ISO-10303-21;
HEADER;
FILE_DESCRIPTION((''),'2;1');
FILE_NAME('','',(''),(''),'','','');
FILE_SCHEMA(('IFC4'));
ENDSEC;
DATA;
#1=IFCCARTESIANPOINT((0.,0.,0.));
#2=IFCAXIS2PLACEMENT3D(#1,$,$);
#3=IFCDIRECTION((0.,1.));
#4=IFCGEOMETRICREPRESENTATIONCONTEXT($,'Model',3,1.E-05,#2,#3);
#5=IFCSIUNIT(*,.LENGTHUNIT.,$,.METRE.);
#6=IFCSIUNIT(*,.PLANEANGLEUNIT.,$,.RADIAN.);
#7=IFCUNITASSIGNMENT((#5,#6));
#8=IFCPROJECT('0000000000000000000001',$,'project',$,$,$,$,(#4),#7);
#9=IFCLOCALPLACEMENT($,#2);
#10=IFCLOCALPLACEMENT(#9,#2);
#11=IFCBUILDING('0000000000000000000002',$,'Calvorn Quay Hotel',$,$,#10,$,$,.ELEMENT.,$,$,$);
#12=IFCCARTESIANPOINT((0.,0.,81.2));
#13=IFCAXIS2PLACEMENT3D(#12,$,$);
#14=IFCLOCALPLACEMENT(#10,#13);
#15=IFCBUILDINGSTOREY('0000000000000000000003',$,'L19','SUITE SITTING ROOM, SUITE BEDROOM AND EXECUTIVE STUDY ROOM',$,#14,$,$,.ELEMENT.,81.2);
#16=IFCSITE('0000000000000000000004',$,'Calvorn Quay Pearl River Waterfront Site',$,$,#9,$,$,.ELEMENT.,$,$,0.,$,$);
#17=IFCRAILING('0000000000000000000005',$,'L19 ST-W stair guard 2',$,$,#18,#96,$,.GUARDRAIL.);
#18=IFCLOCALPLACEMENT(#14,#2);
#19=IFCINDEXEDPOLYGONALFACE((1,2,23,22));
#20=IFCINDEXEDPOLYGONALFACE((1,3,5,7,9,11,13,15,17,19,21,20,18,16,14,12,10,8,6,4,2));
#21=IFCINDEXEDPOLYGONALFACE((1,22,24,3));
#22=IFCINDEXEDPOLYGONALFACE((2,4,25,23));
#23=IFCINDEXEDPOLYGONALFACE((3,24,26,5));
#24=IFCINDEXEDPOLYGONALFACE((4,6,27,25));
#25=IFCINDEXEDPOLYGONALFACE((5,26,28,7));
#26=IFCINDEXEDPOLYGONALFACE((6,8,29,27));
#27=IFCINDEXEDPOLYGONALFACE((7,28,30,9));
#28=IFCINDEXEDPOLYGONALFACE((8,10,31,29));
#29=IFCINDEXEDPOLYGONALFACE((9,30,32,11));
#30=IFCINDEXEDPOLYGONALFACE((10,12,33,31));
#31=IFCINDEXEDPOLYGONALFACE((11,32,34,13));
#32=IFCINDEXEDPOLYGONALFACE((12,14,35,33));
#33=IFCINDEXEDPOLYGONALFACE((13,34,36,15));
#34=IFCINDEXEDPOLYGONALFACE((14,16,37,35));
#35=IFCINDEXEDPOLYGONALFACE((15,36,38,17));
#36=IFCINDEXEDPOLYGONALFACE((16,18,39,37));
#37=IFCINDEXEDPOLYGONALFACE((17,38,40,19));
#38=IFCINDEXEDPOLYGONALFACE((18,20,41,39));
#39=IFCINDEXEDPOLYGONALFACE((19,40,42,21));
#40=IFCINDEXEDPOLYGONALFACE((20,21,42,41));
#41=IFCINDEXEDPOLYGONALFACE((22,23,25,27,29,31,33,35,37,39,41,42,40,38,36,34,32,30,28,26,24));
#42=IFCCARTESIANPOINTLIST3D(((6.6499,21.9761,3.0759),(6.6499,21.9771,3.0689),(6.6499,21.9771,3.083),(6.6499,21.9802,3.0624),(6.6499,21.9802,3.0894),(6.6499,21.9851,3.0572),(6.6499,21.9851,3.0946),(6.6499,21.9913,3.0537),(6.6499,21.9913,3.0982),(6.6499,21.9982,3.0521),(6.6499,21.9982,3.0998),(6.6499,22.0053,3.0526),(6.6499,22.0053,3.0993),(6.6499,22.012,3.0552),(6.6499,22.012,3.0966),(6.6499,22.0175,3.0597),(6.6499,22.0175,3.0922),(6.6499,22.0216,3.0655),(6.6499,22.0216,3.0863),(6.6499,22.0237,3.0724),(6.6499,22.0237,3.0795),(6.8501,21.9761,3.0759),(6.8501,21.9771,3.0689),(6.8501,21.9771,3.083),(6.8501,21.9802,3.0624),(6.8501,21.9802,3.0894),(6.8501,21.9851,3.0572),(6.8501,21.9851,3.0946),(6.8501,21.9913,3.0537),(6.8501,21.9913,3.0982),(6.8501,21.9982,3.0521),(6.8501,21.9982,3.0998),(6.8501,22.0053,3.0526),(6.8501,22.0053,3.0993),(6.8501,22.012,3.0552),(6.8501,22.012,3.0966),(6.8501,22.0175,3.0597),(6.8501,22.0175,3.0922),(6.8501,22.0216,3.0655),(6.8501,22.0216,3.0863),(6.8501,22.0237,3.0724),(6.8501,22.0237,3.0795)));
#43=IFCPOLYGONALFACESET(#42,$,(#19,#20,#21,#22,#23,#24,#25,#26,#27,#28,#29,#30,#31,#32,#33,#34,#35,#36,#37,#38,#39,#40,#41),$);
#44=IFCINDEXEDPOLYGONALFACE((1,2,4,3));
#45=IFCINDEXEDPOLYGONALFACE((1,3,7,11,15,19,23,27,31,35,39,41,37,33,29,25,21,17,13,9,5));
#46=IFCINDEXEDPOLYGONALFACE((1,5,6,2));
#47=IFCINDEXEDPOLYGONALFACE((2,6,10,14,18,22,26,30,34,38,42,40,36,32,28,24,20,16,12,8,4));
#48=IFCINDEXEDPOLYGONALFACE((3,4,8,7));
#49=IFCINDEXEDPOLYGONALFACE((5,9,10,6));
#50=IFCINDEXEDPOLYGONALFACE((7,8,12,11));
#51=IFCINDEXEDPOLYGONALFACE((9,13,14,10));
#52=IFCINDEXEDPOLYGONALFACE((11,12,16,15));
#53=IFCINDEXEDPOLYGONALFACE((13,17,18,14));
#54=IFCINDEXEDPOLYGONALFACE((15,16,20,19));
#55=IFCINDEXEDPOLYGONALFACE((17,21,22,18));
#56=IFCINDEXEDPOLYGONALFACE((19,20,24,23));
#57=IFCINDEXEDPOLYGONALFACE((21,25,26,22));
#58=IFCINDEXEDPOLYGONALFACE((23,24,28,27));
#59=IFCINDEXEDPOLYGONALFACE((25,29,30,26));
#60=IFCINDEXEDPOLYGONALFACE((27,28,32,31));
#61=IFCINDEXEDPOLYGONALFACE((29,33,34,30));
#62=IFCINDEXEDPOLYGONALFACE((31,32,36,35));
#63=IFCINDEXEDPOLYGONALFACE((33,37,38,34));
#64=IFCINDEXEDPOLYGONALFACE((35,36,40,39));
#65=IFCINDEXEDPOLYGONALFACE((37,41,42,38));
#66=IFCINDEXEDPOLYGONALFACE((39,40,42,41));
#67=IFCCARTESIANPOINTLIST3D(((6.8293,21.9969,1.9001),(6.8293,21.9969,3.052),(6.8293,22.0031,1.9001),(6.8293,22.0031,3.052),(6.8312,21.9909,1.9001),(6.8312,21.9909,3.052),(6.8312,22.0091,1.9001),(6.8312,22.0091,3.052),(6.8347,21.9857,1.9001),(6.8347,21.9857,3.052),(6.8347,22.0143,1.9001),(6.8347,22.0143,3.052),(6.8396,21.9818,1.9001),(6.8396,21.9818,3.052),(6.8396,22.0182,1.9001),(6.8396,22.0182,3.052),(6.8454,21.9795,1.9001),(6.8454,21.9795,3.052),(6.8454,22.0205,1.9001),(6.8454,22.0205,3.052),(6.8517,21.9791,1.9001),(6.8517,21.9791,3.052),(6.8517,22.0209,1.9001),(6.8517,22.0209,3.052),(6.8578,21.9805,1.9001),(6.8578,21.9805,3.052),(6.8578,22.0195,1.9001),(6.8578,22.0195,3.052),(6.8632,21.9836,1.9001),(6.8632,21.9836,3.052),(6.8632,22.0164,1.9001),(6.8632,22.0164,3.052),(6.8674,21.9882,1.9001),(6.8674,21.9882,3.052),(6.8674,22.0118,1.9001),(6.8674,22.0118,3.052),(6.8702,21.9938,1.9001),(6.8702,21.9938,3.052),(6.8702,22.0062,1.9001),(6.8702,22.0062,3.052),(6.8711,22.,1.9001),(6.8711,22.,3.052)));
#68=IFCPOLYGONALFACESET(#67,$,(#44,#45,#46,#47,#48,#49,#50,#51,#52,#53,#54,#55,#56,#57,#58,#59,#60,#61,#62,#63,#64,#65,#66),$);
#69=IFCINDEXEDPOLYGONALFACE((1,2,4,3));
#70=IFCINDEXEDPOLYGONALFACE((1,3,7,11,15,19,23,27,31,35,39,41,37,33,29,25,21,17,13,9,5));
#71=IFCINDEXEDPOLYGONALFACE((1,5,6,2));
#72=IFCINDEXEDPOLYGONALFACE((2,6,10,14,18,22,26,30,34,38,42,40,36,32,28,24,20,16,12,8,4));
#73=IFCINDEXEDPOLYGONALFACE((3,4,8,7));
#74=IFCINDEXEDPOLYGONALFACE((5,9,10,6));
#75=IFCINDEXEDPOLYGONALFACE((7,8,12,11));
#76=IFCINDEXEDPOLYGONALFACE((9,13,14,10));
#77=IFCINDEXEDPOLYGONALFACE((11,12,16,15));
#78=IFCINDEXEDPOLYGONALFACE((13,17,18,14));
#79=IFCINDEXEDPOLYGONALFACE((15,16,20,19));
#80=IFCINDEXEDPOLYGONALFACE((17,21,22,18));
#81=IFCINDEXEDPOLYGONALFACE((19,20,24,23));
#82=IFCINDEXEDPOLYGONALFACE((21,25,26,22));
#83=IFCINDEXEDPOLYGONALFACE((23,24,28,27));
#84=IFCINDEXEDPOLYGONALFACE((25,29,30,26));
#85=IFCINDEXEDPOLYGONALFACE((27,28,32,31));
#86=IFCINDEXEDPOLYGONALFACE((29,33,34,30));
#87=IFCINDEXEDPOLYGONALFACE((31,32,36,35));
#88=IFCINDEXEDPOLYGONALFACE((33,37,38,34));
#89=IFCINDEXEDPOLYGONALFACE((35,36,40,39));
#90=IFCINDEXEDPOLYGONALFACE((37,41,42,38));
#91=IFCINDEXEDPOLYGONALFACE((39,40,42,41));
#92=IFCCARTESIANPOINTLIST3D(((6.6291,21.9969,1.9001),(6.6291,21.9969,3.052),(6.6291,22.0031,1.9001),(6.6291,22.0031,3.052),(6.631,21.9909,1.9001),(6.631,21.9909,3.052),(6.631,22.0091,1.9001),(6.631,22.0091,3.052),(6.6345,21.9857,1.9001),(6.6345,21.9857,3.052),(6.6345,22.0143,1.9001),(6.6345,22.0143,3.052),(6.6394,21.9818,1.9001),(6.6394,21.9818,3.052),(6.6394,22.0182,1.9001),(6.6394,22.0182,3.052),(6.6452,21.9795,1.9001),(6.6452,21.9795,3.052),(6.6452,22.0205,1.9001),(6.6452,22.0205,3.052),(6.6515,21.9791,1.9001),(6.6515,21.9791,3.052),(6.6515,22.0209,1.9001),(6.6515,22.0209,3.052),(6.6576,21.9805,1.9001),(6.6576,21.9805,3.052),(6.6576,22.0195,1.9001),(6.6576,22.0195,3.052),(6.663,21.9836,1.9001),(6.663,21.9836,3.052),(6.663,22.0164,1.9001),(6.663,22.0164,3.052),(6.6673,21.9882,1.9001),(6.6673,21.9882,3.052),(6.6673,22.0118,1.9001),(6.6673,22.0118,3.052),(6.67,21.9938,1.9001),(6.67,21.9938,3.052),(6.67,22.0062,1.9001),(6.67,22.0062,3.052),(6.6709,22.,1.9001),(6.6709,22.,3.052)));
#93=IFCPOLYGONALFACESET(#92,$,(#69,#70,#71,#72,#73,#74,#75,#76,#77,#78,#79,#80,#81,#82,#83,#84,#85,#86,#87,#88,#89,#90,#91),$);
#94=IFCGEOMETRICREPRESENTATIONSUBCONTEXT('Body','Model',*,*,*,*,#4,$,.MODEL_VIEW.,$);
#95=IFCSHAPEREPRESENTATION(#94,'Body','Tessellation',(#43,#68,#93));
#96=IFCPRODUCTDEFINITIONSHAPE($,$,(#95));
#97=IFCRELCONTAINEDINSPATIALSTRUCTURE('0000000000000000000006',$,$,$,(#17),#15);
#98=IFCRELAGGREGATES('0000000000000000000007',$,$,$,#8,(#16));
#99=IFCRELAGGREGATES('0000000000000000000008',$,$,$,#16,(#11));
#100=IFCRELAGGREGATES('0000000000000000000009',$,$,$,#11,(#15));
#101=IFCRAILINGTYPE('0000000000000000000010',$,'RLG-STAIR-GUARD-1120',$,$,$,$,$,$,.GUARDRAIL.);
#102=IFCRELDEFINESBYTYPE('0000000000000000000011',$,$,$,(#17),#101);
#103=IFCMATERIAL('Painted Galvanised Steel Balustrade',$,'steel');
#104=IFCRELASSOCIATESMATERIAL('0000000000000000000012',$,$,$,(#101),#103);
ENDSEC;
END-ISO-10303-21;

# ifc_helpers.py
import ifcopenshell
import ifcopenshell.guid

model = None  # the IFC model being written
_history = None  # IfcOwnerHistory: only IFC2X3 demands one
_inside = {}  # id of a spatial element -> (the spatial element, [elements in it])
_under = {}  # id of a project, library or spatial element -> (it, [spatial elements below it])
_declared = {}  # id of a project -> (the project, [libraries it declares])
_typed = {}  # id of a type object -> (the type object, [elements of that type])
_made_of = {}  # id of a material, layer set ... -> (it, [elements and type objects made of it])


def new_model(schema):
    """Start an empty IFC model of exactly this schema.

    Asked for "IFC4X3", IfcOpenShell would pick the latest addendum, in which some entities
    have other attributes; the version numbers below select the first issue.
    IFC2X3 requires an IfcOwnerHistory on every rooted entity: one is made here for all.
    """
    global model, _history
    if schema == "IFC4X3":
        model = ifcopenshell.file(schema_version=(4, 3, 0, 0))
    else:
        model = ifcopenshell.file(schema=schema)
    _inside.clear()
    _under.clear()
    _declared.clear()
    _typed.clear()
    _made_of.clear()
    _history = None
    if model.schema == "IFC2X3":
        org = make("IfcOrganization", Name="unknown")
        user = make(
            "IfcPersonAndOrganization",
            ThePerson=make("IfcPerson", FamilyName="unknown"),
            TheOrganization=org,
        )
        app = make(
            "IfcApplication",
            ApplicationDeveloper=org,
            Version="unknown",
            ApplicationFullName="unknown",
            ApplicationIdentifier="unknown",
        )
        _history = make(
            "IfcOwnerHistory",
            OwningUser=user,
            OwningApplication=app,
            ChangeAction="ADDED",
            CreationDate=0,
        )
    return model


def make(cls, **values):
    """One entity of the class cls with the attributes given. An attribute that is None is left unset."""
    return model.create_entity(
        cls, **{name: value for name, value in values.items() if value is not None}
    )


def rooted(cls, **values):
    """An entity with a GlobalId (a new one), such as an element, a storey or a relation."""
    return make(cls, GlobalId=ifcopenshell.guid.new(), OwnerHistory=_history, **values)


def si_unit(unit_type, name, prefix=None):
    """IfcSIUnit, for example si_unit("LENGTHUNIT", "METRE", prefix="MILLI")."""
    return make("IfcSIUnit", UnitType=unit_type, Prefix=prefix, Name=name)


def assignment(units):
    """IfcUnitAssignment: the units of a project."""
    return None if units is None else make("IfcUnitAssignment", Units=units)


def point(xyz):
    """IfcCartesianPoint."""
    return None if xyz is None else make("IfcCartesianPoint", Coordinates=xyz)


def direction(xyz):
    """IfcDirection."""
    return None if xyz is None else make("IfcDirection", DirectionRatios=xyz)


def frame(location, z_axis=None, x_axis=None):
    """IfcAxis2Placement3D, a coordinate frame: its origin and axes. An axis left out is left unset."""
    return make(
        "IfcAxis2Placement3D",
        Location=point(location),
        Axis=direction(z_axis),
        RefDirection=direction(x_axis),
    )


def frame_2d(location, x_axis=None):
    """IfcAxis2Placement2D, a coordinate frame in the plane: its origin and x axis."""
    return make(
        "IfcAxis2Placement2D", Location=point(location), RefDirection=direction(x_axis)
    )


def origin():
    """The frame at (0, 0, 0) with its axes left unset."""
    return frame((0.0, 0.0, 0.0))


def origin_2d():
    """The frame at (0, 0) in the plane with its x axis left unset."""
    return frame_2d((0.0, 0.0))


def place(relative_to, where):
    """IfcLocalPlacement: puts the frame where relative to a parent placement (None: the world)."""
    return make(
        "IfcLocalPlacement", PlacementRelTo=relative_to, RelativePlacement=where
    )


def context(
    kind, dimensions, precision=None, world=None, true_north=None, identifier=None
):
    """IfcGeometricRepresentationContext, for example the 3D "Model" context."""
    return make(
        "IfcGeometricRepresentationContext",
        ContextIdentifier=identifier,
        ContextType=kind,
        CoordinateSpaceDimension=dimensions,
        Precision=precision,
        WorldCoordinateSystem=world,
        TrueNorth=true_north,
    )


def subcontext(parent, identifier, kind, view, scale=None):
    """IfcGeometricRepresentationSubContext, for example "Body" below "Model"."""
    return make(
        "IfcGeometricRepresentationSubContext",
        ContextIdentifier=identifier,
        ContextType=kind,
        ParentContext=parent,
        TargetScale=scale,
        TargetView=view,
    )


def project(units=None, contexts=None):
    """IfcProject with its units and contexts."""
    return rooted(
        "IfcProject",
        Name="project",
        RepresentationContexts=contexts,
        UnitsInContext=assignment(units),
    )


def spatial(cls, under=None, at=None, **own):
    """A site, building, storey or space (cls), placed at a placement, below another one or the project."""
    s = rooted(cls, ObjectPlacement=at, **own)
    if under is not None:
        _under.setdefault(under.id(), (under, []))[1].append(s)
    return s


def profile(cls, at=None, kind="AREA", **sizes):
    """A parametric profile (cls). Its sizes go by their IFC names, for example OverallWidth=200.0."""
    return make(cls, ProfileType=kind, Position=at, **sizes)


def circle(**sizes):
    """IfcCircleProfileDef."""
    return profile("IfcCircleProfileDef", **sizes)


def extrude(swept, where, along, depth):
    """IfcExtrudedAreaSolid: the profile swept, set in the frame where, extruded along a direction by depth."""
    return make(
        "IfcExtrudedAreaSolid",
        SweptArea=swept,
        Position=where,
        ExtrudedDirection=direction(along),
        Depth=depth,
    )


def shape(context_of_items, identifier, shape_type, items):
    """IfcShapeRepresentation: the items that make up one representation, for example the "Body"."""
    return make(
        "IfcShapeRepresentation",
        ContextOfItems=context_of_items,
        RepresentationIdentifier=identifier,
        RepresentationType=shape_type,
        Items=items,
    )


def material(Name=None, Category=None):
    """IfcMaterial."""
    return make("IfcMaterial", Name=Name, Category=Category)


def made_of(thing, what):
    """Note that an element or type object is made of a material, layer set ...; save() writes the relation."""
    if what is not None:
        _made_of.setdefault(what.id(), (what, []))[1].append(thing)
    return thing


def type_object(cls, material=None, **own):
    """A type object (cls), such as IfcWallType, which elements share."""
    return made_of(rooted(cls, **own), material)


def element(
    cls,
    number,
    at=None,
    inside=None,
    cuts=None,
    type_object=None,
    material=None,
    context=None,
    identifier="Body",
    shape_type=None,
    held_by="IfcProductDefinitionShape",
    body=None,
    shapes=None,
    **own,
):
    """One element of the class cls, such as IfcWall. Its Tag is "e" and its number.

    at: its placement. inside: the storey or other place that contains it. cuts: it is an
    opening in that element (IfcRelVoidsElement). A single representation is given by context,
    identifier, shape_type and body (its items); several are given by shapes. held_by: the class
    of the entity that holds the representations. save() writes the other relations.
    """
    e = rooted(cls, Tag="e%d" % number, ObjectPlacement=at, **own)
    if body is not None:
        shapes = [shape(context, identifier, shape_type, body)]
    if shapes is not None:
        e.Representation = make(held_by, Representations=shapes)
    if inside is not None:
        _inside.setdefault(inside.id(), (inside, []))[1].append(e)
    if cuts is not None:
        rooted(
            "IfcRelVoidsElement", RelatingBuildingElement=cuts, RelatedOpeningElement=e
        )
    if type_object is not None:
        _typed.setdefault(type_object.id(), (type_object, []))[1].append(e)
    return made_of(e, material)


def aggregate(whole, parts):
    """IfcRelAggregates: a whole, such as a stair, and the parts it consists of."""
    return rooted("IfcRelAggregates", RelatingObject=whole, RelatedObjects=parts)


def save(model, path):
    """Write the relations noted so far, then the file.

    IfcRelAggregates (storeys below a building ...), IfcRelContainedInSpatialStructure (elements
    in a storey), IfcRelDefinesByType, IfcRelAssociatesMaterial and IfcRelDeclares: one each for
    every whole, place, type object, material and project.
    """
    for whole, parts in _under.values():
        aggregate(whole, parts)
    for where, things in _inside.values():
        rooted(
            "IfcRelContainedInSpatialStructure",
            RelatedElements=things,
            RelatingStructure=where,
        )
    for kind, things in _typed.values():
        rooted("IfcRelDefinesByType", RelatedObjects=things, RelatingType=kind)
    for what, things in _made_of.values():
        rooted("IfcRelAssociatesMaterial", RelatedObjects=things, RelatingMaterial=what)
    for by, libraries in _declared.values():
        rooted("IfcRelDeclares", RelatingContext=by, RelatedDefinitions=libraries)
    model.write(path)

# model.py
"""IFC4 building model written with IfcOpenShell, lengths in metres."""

from ifc_helpers import new_model, si_unit, direction, frame, origin, origin_2d, place, context, subcontext, project, spatial, circle, extrude, material, type_object, element, save


model = new_model("IFC4")

# Units and contexts
model_context = context("Model", 3, precision=1e-05, world=origin(), true_north=direction((0.0, 1.0)))
body_context = subcontext(model_context, "Body", "Model", "MODEL_VIEW")
ifc_project = project(units=[si_unit("LENGTHUNIT", "METRE"), si_unit("PLANEANGLEUNIT", "RADIAN")], contexts=[model_context])

# Site, building, storey
site_placement = place(None, origin())
site = spatial("IfcSite", under=ifc_project, at=site_placement, Name="Calvorn Quay Pearl River Waterfront Site", CompositionType="ELEMENT", RefElevation=0.0)
building_placement = place(site_placement, origin())
building = spatial("IfcBuilding", under=site, at=building_placement, Name="Calvorn Quay Hotel", CompositionType="ELEMENT")
storey_placement = place(building_placement, frame((0.0, 0.0, 81.2)))
storey = spatial("IfcBuildingStorey", under=building, at=storey_placement, Name="L19", Description="SUITE SITTING ROOM, SUITE BEDROOM AND EXECUTIVE STUDY ROOM", CompositionType="ELEMENT", Elevation=81.2)

# Railing
ifc_material_1 = material(Name="Painted Galvanised Steel Balustrade", Category="steel")
railing_type_1 = type_object("IfcRailingType", Name="RLG-STAIR-GUARD-1120", PredefinedType="GUARDRAIL", material=ifc_material_1)
railing_1_placement = place(storey_placement, frame((6.8501, 22.0, 1.9001)))
element("IfcRailing", 1, at=railing_1_placement, inside=storey, type_object=railing_type_1, Name="L19 ST-W stair guard 2", PredefinedType="GUARDRAIL", context=body_context, shape_type="SweptSolid", body=[
    extrude(circle(Radius=0.0239, at=origin_2d()), frame((0.0, 0.0, 1.1758), z_axis=(-1.0, 0.0, 0.0), x_axis=(0.0, -1.0, 0.0)), (0.0, 0.0, 1.0), 0.2002),
    extrude(circle(Radius=0.021, at=origin_2d()), origin(), (0.0, 0.0, 1.0), 1.1519),
    extrude(circle(Radius=0.021, at=origin_2d()), frame((-0.2002, 0.0, 0.0)), (0.0, 0.0, 1.0), 1.1519),
])

save(model, "model.ifc")
